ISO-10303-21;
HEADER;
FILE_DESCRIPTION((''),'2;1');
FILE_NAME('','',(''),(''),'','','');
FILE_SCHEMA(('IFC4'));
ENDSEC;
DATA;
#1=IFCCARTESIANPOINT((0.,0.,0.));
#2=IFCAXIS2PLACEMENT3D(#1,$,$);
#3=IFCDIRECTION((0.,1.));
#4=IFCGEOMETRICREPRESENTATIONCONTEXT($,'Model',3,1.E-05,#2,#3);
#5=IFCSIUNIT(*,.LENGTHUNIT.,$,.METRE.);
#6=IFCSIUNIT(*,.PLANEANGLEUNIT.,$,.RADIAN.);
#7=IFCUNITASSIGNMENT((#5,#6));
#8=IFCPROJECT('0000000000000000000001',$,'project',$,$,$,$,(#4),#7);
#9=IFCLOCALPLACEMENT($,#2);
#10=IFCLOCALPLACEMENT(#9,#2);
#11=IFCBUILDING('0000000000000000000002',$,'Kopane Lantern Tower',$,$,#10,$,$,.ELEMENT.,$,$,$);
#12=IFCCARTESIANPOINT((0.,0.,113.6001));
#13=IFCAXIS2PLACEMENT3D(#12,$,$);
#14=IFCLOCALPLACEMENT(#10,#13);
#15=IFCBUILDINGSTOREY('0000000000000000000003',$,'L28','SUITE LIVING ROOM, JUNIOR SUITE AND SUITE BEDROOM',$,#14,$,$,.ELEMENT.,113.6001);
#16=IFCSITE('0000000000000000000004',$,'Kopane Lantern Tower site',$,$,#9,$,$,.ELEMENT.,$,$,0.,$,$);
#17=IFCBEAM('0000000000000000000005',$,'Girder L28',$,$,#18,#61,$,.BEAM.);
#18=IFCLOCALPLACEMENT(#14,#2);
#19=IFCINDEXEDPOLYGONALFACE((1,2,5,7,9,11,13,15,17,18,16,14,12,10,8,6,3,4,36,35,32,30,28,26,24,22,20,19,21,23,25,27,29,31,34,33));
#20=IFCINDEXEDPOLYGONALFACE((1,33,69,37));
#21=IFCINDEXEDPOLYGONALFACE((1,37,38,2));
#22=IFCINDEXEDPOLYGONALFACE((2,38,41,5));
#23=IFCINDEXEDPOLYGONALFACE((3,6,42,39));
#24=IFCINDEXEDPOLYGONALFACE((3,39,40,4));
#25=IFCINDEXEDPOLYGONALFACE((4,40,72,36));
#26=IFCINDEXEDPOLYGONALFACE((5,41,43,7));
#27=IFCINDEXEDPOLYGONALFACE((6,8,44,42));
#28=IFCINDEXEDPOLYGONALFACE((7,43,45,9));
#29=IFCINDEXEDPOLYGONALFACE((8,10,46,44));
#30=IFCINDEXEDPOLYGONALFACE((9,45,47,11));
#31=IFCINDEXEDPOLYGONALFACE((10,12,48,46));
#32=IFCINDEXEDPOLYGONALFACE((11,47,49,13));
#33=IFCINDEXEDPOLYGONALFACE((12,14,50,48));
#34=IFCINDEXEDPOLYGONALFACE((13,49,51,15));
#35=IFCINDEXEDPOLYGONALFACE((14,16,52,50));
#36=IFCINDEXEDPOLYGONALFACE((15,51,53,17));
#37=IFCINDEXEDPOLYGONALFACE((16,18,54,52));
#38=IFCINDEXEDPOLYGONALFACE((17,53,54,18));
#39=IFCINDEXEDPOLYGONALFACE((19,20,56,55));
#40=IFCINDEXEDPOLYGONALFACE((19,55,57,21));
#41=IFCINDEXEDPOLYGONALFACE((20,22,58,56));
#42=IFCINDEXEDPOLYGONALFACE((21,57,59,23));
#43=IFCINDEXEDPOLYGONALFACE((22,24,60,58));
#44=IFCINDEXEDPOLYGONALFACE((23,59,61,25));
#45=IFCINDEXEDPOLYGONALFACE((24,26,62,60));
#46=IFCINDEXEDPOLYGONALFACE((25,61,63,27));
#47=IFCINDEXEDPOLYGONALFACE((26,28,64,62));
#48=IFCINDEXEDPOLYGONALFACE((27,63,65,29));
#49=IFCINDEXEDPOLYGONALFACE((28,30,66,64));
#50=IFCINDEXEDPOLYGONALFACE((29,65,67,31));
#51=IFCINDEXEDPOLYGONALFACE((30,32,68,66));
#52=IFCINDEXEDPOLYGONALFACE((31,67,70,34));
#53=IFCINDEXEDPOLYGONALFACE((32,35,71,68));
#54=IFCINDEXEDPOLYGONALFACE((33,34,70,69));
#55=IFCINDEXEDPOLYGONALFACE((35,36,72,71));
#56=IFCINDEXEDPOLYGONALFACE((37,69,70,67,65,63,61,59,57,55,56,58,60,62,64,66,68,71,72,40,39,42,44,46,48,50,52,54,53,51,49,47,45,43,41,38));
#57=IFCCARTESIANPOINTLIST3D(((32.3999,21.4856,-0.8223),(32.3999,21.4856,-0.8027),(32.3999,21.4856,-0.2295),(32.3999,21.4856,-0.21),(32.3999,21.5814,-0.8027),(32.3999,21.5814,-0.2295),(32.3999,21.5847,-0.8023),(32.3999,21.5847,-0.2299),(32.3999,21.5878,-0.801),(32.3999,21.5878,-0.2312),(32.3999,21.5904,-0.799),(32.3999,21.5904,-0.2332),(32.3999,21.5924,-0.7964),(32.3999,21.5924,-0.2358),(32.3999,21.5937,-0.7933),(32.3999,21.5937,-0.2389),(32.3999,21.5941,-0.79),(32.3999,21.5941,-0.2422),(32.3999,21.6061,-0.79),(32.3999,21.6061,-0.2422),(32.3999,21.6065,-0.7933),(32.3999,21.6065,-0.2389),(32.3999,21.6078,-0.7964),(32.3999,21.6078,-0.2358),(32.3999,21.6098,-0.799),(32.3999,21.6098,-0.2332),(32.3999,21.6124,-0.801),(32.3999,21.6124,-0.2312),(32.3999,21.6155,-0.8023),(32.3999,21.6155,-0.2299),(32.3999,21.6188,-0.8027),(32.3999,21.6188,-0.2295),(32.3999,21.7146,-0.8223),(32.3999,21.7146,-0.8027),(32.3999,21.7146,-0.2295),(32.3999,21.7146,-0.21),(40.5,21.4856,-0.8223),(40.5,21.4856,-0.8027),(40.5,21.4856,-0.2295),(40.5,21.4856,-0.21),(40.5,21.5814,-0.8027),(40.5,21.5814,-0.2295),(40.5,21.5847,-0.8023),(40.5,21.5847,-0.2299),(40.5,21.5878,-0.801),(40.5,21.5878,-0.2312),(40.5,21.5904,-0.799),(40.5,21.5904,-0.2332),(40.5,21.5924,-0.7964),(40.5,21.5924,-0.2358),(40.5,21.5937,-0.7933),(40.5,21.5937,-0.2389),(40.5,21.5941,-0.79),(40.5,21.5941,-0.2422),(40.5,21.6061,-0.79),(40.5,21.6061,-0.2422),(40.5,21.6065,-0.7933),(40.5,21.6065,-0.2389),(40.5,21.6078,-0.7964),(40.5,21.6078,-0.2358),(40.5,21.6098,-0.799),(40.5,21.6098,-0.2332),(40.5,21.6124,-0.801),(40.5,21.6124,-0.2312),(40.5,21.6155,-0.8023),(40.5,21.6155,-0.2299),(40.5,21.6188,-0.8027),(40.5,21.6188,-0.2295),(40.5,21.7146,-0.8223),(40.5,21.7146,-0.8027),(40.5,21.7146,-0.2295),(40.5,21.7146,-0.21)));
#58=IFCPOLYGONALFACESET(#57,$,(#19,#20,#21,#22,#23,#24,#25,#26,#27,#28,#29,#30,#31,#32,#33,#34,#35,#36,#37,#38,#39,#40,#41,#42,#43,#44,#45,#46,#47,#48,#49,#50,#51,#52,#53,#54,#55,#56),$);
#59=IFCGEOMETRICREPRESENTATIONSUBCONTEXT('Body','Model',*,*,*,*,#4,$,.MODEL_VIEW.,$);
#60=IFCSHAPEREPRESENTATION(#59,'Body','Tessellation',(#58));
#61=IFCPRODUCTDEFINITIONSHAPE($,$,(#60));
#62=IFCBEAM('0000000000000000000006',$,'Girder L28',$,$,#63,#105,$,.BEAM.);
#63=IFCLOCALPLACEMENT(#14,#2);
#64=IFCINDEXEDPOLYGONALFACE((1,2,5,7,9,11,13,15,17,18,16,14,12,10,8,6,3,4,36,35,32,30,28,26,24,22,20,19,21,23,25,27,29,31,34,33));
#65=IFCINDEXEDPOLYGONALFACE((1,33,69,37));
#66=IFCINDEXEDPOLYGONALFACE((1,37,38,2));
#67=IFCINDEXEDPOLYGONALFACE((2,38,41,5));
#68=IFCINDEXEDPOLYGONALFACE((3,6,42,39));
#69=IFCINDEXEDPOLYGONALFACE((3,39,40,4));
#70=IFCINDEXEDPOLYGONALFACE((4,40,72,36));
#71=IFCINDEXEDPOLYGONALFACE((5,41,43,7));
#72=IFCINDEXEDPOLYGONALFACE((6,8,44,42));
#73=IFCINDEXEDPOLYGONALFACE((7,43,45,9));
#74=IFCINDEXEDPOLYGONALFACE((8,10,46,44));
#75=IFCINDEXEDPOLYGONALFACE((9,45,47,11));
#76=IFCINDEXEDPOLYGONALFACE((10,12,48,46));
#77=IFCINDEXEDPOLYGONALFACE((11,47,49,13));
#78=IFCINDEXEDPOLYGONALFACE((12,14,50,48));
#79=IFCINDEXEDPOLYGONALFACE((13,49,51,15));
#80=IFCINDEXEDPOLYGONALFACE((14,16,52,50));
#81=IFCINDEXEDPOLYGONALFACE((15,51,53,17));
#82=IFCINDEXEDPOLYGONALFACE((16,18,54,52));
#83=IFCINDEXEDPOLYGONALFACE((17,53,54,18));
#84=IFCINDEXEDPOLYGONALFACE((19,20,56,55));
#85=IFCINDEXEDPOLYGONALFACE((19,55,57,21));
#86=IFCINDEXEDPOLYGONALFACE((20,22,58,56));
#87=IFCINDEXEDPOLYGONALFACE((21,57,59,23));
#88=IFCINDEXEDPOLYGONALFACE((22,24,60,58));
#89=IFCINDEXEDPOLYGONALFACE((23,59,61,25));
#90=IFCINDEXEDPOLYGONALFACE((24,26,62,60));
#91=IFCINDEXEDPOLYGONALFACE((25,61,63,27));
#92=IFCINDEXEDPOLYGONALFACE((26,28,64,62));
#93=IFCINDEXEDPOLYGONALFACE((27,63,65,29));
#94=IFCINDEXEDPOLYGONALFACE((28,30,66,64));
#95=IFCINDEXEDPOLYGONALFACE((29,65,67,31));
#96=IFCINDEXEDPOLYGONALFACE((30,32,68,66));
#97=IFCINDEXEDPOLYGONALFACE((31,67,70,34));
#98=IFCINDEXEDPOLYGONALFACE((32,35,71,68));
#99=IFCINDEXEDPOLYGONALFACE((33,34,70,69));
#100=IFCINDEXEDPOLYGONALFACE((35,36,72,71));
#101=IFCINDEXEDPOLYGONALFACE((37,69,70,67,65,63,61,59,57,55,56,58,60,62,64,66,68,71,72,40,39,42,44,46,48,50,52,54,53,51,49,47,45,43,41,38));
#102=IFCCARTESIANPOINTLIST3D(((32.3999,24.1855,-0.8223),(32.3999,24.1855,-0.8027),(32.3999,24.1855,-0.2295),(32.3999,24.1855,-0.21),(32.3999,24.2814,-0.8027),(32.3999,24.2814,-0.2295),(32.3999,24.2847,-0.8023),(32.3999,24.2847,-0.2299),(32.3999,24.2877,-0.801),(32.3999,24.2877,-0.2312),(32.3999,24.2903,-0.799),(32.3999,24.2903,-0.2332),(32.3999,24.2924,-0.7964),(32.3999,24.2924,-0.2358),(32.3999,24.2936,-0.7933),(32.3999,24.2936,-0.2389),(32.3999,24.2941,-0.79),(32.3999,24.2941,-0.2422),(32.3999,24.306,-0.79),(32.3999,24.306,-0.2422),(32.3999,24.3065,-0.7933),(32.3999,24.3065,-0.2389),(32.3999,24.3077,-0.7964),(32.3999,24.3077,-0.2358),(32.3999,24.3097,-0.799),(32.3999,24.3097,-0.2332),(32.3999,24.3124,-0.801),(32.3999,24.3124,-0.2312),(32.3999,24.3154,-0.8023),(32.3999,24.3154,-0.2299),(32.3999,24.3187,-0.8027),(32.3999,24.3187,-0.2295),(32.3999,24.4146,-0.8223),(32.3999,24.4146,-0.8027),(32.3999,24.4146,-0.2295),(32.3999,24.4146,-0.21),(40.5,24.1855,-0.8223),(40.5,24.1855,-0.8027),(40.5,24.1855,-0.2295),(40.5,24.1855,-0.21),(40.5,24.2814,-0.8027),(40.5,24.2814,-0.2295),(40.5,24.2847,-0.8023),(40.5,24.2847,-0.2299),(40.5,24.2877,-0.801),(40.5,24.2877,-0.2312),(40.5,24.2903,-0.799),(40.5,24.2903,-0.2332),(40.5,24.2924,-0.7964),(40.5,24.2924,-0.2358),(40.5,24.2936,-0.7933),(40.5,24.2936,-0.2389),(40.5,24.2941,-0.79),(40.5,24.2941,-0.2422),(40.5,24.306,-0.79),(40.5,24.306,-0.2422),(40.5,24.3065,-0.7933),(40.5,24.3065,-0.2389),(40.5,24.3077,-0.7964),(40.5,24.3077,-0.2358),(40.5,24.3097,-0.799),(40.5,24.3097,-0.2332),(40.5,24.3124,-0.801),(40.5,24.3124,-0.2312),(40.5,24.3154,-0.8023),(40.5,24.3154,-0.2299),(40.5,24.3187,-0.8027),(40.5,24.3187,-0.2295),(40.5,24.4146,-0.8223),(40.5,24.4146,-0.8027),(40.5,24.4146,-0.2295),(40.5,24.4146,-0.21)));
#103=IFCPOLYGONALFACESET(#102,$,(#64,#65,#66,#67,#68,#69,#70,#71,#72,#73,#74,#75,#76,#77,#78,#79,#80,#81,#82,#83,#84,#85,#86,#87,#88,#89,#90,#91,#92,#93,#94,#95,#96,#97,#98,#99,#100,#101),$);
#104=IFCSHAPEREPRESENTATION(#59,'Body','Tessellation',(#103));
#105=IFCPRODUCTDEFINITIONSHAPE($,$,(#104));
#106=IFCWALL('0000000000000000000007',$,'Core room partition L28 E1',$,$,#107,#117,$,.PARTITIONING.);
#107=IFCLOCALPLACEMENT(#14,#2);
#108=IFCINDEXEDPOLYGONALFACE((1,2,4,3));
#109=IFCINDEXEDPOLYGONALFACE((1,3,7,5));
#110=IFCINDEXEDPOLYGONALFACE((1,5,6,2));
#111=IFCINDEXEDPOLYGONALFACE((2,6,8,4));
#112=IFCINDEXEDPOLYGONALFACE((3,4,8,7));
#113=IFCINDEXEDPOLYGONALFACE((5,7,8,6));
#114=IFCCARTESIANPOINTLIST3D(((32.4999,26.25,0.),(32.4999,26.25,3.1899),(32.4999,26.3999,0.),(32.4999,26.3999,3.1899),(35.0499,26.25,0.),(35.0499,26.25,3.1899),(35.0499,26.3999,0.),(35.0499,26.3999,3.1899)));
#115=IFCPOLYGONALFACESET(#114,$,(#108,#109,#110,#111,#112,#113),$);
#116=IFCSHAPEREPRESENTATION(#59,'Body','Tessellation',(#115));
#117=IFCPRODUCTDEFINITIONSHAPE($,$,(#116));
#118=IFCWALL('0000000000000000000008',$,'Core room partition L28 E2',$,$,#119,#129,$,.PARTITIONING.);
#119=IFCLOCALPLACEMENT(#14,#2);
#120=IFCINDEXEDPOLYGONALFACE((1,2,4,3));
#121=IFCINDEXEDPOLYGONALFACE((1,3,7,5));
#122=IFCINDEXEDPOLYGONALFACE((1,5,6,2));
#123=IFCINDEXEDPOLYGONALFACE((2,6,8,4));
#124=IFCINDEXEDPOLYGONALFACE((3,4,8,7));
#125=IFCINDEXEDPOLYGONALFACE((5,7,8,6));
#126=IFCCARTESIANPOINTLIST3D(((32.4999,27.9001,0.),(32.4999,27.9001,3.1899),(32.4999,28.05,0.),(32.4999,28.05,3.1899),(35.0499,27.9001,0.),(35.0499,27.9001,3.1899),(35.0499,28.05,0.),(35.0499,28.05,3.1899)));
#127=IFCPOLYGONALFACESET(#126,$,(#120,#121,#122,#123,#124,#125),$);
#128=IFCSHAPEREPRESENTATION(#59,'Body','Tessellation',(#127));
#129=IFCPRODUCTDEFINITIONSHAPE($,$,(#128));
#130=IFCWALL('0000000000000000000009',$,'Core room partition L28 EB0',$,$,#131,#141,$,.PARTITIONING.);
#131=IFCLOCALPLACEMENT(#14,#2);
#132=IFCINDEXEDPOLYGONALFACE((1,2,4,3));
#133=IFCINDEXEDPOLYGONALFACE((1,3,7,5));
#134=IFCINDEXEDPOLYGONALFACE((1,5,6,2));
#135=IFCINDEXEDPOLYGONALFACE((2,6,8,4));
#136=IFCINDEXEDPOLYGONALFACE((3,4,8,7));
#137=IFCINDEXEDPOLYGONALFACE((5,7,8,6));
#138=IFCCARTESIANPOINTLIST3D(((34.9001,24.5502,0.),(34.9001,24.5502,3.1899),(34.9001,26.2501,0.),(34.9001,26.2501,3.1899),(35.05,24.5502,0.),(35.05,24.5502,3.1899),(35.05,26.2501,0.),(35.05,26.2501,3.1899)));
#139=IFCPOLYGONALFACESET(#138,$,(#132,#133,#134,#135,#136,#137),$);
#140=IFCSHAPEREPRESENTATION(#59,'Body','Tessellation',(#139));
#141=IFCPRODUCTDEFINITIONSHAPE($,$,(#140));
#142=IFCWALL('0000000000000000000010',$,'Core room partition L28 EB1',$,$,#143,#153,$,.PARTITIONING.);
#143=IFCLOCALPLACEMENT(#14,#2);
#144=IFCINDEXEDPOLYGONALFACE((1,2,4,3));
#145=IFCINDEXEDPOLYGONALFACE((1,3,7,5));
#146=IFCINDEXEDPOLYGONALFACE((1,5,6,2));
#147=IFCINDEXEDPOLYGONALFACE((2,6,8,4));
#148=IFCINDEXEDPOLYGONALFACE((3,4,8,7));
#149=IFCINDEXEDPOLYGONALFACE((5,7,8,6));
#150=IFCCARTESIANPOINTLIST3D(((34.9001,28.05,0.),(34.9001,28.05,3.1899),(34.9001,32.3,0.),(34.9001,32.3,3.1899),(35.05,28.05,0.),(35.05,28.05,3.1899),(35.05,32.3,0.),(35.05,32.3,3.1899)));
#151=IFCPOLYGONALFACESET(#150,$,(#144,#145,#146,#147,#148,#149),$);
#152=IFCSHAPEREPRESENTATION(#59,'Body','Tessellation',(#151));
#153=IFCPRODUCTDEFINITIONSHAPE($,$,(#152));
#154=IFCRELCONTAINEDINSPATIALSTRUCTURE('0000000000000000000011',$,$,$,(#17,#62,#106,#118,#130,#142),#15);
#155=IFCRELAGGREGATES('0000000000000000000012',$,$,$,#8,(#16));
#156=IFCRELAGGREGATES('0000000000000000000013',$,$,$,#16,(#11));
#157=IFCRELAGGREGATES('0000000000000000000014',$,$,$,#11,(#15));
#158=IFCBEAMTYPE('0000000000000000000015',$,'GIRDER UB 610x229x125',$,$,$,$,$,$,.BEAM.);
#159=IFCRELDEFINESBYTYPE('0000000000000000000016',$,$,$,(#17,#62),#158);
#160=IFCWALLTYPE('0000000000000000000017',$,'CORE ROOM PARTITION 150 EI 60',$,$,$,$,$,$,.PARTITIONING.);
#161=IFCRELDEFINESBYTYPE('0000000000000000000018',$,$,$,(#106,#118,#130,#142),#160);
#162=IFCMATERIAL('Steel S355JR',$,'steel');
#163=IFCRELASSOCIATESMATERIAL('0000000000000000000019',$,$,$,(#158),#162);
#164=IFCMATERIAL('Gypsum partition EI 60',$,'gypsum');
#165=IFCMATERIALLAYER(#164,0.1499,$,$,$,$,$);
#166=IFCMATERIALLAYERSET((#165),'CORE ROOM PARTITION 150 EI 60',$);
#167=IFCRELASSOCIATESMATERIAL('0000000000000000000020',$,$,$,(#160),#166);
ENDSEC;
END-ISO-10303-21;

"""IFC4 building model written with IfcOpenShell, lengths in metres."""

from ifc_helpers import new_model, si_unit, direction, frame, frame_2d, origin, origin_2d, place, context, subcontext, project, spatial, rectangle, i_section, extrude, material, layer, layer_set, material_profile, profile_set, type_object, element, save


model = new_model("IFC4")

# Units and contexts
model_context = context("Model", 3, precision=1e-05, world=origin(), true_north=direction((0.0, 1.0)))
body_context = subcontext(model_context, "Body", "Model", "MODEL_VIEW")
ifc_project = project(units=[si_unit("LENGTHUNIT", "METRE"), si_unit("PLANEANGLEUNIT", "RADIAN")], contexts=[model_context])

# Site, building, storey
site_placement = place(None, origin())
site = spatial("IfcSite", under=ifc_project, at=site_placement, Name="Kopane Lantern Tower site", CompositionType="ELEMENT", RefElevation=0.0)
building_placement = place(site_placement, origin())
building = spatial("IfcBuilding", under=site, at=building_placement, Name="Kopane Lantern Tower", CompositionType="ELEMENT")
storey_placement = place(building_placement, frame((0.0, 0.0, 113.6001)))
storey = spatial("IfcBuildingStorey", under=building, at=storey_placement, Name="L28", Description="SUITE LIVING ROOM, JUNIOR SUITE AND SUITE BEDROOM", CompositionType="ELEMENT", Elevation=113.6001)

# Beams
ifc_material_1 = material(Name="Steel S355JR", Category="steel")
ifc_material_profile_1 = material_profile(ifc_material_1, i_section(OverallWidth=0.229, OverallDepth=0.6123, WebThickness=0.012, FlangeThickness=0.0195, FilletRadius=0.0127, at=origin_2d()), Name="UB 610x229x125")
ifc_profile_set_1 = profile_set([ifc_material_profile_1], Name="Steel S355JR")
beam_type_1 = type_object("IfcBeamType", Name="GIRDER UB 610x229x125", PredefinedType="BEAM", material=ifc_profile_set_1)
for number, where, z_axis, x_axis, name in (
    (1, (32.3999, 21.6001, -0.5161), (1.0, 0.0, 0.0), (0.0, 1.0, 0.0), "Girder L28"),
    (2, (32.3999, 24.3, -0.5161), (1.0, 0.0, 0.0), (0.0, 1.0, 0.0), "Girder L28"),
):
    element("IfcBeam", number, at=place(storey_placement, frame(where, z_axis=z_axis, x_axis=x_axis)), inside=storey, type_object=beam_type_1, Name=name, PredefinedType="BEAM", context=body_context, shape_type="SweptSolid", body=[
        extrude(i_section(OverallWidth=0.229, OverallDepth=0.6123, WebThickness=0.012, FlangeThickness=0.0195, FilletRadius=0.0127, at=origin_2d()), origin(), (0.0, 0.0, 1.0), 8.1001),
    ])

# Walls
ifc_material_2 = material(Name="Gypsum partition EI 60", Category="gypsum")
ifc_layer_1 = layer(ifc_material_2, 0.1499)
ifc_layer_set_1 = layer_set([ifc_layer_1], Name="CORE ROOM PARTITION 150 EI 60")
wall_type_1 = type_object("IfcWallType", Name="CORE ROOM PARTITION 150 EI 60", PredefinedType="PARTITIONING", material=ifc_layer_set_1)
for number, where, z_axis, x_axis, name in (
    (3, (32.5, 26.325, 0.0), (0.0, 0.0, 1.0), (1.0, 0.0, 0.0), "Core room partition L28 E1"),
    (4, (32.5, 27.9751, 0.0), (0.0, 0.0, 1.0), (1.0, 0.0, 0.0), "Core room partition L28 E2"),
):
    element("IfcWall", number, at=place(storey_placement, frame(where, z_axis=z_axis, x_axis=x_axis)), inside=storey, type_object=wall_type_1, Name=name, PredefinedType="PARTITIONING", context=body_context, shape_type="SweptSolid", body=[
        extrude(rectangle(XDim=2.55, YDim=0.1499, at=frame_2d((1.2749, 0.0))), origin(), (0.0, 0.0, 1.0), 3.1899),
    ])
wall_1_placement = place(storey_placement, frame((34.9751, 24.55, 0.0), z_axis=(0.0, 0.0, 1.0), x_axis=(0.0, 1.0, 0.0)))
element("IfcWall", 5, at=wall_1_placement, inside=storey, type_object=wall_type_1, Name="Core room partition L28 EB0", PredefinedType="PARTITIONING", context=body_context, shape_type="SweptSolid", body=[
    extrude(rectangle(XDim=1.7, YDim=0.1499, at=frame_2d((0.8501, 0.0))), origin(), (0.0, 0.0, 1.0), 3.1899),
])
wall_2_placement = place(storey_placement, frame((34.9751, 28.05, 0.0), z_axis=(0.0, 0.0, 1.0), x_axis=(0.0, 1.0, 0.0)))
element("IfcWall", 6, at=wall_2_placement, inside=storey, type_object=wall_type_1, Name="Core room partition L28 EB1", PredefinedType="PARTITIONING", context=body_context, shape_type="SweptSolid", body=[
    extrude(rectangle(XDim=4.25, YDim=0.1499, at=frame_2d((2.125, 0.0))), origin(), (0.0, 0.0, 1.0), 3.1899),
])

save(model, "model.ifc")
